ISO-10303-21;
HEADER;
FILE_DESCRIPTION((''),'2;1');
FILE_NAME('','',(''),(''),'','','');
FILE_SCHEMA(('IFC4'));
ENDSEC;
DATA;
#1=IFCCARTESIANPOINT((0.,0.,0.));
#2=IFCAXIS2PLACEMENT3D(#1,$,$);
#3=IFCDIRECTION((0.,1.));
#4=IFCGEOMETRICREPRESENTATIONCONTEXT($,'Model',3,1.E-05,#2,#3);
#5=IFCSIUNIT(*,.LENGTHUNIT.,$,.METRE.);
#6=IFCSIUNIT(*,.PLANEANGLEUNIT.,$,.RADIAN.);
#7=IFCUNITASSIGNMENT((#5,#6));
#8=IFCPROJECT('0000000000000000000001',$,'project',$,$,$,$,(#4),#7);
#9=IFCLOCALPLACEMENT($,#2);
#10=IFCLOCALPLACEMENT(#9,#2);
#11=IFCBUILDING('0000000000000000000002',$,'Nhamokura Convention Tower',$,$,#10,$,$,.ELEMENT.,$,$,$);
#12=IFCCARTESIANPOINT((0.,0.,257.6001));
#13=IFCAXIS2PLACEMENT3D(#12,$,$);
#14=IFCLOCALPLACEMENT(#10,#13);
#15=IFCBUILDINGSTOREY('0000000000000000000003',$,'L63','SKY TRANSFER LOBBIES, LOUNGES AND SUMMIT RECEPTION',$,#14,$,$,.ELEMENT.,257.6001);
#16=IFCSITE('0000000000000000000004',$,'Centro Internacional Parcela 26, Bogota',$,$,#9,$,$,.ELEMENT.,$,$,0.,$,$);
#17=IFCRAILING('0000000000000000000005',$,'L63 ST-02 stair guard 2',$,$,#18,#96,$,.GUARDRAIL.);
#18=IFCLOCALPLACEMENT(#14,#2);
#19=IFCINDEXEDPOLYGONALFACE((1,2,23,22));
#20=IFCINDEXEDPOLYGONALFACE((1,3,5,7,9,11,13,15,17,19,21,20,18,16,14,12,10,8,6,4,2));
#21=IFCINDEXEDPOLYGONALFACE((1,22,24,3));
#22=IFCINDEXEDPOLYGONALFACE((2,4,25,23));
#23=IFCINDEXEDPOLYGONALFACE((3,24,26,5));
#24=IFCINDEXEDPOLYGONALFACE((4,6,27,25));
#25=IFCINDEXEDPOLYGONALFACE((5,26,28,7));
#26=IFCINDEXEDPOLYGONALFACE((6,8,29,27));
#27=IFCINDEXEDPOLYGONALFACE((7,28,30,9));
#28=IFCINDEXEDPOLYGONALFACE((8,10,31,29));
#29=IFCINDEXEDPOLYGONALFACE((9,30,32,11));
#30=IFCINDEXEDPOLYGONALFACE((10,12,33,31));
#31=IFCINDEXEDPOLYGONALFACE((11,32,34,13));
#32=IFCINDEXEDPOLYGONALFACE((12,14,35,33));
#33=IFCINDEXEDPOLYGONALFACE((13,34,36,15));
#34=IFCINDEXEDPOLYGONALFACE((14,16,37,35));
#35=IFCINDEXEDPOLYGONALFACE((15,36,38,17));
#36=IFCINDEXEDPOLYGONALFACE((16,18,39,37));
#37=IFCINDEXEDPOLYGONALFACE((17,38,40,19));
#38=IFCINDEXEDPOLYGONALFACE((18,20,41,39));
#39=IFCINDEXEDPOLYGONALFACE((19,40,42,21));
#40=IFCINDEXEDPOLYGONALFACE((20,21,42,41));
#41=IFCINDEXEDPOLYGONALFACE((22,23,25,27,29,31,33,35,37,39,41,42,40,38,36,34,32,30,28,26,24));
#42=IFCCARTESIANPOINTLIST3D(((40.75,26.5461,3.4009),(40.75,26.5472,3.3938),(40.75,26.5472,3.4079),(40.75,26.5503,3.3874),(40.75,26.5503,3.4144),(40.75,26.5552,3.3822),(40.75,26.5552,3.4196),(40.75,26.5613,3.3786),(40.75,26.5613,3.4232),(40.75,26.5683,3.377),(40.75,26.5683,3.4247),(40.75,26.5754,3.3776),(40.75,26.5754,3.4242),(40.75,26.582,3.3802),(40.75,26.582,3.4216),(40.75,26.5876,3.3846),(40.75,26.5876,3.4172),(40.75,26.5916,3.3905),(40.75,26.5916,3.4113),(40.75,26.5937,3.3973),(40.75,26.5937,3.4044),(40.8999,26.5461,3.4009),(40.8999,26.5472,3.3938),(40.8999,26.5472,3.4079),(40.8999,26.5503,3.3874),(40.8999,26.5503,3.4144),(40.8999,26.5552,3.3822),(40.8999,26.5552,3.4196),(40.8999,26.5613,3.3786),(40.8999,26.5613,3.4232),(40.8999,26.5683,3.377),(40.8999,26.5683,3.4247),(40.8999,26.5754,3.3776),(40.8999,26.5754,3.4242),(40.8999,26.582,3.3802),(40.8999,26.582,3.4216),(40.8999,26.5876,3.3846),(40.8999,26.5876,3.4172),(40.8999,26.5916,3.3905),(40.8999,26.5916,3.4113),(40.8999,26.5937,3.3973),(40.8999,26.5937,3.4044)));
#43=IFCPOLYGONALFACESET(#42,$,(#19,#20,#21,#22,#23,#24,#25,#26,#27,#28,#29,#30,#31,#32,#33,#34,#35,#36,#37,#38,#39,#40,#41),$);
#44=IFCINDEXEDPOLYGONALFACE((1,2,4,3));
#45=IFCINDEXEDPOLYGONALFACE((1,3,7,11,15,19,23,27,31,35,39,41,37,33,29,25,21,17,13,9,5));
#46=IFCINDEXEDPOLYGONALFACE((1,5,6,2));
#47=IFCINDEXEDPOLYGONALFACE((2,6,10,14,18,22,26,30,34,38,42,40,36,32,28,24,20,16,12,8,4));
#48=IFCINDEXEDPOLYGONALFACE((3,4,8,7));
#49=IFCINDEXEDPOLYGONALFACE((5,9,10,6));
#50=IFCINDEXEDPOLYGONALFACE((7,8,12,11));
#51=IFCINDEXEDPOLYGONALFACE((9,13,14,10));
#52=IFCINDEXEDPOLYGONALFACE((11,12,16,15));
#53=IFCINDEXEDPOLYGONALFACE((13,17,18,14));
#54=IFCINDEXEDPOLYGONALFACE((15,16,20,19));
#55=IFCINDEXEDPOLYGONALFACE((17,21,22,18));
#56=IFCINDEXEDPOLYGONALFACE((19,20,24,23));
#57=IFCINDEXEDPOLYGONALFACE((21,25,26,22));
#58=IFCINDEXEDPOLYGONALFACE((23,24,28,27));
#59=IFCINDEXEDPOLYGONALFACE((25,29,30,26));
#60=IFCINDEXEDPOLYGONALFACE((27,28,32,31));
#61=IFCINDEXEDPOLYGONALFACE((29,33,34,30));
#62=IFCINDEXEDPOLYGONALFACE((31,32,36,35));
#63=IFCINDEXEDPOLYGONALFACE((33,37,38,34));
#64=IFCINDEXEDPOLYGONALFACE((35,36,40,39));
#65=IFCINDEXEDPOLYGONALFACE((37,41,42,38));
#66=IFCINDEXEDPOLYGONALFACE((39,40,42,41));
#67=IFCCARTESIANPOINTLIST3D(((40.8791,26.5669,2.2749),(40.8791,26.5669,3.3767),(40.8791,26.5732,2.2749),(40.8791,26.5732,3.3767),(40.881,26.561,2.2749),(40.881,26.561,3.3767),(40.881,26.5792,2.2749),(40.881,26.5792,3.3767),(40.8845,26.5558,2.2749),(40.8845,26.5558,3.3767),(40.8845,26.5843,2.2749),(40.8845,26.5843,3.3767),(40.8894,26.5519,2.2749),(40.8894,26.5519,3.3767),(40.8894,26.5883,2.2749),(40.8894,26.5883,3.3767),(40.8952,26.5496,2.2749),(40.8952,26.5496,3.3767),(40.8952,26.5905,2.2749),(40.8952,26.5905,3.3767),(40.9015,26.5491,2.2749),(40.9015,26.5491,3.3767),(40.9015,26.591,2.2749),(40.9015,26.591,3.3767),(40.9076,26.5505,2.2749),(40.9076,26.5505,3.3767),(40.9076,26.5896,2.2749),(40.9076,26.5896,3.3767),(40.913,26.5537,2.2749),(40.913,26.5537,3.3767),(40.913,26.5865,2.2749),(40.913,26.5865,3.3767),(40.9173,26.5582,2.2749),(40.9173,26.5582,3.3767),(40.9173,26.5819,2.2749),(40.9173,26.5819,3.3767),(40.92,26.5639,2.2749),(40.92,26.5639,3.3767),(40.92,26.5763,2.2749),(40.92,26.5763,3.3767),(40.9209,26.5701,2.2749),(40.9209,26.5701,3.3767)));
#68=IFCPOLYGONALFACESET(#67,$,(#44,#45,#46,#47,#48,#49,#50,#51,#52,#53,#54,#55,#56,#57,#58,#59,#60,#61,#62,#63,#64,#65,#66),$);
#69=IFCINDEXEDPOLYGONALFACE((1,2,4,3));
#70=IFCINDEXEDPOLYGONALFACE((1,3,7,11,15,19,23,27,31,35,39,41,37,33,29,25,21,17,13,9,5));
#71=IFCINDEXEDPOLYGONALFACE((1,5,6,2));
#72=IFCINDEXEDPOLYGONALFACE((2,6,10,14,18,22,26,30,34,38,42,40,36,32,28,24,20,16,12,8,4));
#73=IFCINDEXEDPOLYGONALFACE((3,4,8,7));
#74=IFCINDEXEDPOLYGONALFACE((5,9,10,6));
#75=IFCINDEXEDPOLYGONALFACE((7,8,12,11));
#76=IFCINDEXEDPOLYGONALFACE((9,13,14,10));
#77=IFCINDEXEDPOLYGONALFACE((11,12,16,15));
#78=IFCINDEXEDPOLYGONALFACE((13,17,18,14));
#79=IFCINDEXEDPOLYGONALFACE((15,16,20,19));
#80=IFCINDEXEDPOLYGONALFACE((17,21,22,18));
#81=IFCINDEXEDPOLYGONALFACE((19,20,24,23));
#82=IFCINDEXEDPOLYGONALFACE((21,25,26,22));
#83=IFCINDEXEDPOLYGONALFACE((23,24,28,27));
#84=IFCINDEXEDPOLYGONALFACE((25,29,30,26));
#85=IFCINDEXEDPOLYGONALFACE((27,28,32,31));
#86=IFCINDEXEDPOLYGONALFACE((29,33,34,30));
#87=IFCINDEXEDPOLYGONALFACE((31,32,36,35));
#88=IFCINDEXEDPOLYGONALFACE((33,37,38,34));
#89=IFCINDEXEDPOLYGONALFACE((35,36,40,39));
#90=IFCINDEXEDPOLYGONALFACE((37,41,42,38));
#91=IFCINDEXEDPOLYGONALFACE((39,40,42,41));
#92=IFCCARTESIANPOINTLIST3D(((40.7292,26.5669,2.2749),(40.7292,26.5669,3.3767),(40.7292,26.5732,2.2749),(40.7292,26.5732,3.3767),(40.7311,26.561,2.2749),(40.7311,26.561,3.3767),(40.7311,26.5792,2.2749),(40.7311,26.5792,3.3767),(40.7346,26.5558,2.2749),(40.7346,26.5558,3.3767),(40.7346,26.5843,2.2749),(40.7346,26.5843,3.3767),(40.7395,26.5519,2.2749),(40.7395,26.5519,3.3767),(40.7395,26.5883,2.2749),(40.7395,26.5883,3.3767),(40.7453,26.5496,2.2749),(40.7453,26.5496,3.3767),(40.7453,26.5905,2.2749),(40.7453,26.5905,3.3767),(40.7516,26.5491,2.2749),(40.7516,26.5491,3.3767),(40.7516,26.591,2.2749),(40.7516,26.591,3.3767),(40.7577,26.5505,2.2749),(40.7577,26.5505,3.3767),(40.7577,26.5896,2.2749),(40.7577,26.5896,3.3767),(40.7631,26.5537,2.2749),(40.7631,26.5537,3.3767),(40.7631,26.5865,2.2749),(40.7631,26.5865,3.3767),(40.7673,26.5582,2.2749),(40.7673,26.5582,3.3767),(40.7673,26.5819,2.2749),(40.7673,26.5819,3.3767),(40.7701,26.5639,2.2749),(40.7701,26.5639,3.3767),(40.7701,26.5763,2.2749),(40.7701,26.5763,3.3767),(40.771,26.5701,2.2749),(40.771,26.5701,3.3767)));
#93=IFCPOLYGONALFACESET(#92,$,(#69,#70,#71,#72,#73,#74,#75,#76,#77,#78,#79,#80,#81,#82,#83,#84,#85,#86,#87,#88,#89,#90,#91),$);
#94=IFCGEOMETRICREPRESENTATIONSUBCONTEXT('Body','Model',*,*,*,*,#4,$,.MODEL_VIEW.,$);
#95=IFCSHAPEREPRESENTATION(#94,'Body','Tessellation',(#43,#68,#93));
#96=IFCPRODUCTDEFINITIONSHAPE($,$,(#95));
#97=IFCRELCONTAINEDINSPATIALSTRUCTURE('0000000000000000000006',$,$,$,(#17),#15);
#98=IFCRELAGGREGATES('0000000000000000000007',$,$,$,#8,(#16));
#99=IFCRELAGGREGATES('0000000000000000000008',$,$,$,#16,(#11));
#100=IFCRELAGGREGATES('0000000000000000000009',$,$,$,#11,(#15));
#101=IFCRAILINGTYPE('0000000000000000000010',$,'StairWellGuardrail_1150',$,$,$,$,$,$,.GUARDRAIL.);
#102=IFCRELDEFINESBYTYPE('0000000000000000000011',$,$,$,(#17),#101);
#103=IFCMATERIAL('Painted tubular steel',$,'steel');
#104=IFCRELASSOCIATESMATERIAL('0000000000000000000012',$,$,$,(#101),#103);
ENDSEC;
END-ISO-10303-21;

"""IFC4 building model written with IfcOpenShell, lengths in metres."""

from ifc_helpers import new_model, si_unit, direction, frame, origin, origin_2d, place, context, subcontext, project, spatial, circle, extrude, material, type_object, element, save


model = new_model("IFC4")

# Units and contexts
model_context = context("Model", 3, precision=1e-05, world=origin(), true_north=direction((0.0, 1.0)))
body_context = subcontext(model_context, "Body", "Model", "MODEL_VIEW")
ifc_project = project(units=[si_unit("LENGTHUNIT", "METRE"), si_unit("PLANEANGLEUNIT", "RADIAN")], contexts=[model_context])

# Site, building, storey
site_placement = place(None, origin())
site = spatial("IfcSite", under=ifc_project, at=site_placement, Name="Centro Internacional Parcela 26, Bogota", CompositionType="ELEMENT", RefElevation=0.0)
building_placement = place(site_placement, origin())
building = spatial("IfcBuilding", under=site, at=building_placement, Name="Nhamokura Convention Tower", CompositionType="ELEMENT")
storey_placement = place(building_placement, frame((0.0, 0.0, 257.6001)))
storey = spatial("IfcBuildingStorey", under=building, at=storey_placement, Name="L63", Description="SKY TRANSFER LOBBIES, LOUNGES AND SUMMIT RECEPTION", CompositionType="ELEMENT", Elevation=257.6001)

# Railing
ifc_material_1 = material(Name="Painted tubular steel", Category="steel")
railing_type_1 = type_object("IfcRailingType", Name="StairWellGuardrail_1150", PredefinedType="GUARDRAIL", material=ifc_material_1)
railing_1_placement = place(storey_placement, frame((40.8999, 26.5701, 2.2749)))
element("IfcRailing", 1, at=railing_1_placement, inside=storey, type_object=railing_type_1, Name="L63 ST-02 stair guard 2", PredefinedType="GUARDRAIL", context=body_context, shape_type="SweptSolid", body=[
    extrude(circle(Radius=0.0239, at=origin_2d()), frame((0.0, 0.0, 1.126), z_axis=(-1.0, 0.0, 0.0), x_axis=(0.0, -1.0, 0.0)), (0.0, 0.0, 1.0), 0.1499),
    extrude(circle(Radius=0.021, at=origin_2d()), origin(), (0.0, 0.0, 1.0), 1.1018),
    extrude(circle(Radius=0.021, at=origin_2d()), frame((-0.1499, 0.0, 0.0)), (0.0, 0.0, 1.0), 1.1018),
])

save(model, "model.ifc")
